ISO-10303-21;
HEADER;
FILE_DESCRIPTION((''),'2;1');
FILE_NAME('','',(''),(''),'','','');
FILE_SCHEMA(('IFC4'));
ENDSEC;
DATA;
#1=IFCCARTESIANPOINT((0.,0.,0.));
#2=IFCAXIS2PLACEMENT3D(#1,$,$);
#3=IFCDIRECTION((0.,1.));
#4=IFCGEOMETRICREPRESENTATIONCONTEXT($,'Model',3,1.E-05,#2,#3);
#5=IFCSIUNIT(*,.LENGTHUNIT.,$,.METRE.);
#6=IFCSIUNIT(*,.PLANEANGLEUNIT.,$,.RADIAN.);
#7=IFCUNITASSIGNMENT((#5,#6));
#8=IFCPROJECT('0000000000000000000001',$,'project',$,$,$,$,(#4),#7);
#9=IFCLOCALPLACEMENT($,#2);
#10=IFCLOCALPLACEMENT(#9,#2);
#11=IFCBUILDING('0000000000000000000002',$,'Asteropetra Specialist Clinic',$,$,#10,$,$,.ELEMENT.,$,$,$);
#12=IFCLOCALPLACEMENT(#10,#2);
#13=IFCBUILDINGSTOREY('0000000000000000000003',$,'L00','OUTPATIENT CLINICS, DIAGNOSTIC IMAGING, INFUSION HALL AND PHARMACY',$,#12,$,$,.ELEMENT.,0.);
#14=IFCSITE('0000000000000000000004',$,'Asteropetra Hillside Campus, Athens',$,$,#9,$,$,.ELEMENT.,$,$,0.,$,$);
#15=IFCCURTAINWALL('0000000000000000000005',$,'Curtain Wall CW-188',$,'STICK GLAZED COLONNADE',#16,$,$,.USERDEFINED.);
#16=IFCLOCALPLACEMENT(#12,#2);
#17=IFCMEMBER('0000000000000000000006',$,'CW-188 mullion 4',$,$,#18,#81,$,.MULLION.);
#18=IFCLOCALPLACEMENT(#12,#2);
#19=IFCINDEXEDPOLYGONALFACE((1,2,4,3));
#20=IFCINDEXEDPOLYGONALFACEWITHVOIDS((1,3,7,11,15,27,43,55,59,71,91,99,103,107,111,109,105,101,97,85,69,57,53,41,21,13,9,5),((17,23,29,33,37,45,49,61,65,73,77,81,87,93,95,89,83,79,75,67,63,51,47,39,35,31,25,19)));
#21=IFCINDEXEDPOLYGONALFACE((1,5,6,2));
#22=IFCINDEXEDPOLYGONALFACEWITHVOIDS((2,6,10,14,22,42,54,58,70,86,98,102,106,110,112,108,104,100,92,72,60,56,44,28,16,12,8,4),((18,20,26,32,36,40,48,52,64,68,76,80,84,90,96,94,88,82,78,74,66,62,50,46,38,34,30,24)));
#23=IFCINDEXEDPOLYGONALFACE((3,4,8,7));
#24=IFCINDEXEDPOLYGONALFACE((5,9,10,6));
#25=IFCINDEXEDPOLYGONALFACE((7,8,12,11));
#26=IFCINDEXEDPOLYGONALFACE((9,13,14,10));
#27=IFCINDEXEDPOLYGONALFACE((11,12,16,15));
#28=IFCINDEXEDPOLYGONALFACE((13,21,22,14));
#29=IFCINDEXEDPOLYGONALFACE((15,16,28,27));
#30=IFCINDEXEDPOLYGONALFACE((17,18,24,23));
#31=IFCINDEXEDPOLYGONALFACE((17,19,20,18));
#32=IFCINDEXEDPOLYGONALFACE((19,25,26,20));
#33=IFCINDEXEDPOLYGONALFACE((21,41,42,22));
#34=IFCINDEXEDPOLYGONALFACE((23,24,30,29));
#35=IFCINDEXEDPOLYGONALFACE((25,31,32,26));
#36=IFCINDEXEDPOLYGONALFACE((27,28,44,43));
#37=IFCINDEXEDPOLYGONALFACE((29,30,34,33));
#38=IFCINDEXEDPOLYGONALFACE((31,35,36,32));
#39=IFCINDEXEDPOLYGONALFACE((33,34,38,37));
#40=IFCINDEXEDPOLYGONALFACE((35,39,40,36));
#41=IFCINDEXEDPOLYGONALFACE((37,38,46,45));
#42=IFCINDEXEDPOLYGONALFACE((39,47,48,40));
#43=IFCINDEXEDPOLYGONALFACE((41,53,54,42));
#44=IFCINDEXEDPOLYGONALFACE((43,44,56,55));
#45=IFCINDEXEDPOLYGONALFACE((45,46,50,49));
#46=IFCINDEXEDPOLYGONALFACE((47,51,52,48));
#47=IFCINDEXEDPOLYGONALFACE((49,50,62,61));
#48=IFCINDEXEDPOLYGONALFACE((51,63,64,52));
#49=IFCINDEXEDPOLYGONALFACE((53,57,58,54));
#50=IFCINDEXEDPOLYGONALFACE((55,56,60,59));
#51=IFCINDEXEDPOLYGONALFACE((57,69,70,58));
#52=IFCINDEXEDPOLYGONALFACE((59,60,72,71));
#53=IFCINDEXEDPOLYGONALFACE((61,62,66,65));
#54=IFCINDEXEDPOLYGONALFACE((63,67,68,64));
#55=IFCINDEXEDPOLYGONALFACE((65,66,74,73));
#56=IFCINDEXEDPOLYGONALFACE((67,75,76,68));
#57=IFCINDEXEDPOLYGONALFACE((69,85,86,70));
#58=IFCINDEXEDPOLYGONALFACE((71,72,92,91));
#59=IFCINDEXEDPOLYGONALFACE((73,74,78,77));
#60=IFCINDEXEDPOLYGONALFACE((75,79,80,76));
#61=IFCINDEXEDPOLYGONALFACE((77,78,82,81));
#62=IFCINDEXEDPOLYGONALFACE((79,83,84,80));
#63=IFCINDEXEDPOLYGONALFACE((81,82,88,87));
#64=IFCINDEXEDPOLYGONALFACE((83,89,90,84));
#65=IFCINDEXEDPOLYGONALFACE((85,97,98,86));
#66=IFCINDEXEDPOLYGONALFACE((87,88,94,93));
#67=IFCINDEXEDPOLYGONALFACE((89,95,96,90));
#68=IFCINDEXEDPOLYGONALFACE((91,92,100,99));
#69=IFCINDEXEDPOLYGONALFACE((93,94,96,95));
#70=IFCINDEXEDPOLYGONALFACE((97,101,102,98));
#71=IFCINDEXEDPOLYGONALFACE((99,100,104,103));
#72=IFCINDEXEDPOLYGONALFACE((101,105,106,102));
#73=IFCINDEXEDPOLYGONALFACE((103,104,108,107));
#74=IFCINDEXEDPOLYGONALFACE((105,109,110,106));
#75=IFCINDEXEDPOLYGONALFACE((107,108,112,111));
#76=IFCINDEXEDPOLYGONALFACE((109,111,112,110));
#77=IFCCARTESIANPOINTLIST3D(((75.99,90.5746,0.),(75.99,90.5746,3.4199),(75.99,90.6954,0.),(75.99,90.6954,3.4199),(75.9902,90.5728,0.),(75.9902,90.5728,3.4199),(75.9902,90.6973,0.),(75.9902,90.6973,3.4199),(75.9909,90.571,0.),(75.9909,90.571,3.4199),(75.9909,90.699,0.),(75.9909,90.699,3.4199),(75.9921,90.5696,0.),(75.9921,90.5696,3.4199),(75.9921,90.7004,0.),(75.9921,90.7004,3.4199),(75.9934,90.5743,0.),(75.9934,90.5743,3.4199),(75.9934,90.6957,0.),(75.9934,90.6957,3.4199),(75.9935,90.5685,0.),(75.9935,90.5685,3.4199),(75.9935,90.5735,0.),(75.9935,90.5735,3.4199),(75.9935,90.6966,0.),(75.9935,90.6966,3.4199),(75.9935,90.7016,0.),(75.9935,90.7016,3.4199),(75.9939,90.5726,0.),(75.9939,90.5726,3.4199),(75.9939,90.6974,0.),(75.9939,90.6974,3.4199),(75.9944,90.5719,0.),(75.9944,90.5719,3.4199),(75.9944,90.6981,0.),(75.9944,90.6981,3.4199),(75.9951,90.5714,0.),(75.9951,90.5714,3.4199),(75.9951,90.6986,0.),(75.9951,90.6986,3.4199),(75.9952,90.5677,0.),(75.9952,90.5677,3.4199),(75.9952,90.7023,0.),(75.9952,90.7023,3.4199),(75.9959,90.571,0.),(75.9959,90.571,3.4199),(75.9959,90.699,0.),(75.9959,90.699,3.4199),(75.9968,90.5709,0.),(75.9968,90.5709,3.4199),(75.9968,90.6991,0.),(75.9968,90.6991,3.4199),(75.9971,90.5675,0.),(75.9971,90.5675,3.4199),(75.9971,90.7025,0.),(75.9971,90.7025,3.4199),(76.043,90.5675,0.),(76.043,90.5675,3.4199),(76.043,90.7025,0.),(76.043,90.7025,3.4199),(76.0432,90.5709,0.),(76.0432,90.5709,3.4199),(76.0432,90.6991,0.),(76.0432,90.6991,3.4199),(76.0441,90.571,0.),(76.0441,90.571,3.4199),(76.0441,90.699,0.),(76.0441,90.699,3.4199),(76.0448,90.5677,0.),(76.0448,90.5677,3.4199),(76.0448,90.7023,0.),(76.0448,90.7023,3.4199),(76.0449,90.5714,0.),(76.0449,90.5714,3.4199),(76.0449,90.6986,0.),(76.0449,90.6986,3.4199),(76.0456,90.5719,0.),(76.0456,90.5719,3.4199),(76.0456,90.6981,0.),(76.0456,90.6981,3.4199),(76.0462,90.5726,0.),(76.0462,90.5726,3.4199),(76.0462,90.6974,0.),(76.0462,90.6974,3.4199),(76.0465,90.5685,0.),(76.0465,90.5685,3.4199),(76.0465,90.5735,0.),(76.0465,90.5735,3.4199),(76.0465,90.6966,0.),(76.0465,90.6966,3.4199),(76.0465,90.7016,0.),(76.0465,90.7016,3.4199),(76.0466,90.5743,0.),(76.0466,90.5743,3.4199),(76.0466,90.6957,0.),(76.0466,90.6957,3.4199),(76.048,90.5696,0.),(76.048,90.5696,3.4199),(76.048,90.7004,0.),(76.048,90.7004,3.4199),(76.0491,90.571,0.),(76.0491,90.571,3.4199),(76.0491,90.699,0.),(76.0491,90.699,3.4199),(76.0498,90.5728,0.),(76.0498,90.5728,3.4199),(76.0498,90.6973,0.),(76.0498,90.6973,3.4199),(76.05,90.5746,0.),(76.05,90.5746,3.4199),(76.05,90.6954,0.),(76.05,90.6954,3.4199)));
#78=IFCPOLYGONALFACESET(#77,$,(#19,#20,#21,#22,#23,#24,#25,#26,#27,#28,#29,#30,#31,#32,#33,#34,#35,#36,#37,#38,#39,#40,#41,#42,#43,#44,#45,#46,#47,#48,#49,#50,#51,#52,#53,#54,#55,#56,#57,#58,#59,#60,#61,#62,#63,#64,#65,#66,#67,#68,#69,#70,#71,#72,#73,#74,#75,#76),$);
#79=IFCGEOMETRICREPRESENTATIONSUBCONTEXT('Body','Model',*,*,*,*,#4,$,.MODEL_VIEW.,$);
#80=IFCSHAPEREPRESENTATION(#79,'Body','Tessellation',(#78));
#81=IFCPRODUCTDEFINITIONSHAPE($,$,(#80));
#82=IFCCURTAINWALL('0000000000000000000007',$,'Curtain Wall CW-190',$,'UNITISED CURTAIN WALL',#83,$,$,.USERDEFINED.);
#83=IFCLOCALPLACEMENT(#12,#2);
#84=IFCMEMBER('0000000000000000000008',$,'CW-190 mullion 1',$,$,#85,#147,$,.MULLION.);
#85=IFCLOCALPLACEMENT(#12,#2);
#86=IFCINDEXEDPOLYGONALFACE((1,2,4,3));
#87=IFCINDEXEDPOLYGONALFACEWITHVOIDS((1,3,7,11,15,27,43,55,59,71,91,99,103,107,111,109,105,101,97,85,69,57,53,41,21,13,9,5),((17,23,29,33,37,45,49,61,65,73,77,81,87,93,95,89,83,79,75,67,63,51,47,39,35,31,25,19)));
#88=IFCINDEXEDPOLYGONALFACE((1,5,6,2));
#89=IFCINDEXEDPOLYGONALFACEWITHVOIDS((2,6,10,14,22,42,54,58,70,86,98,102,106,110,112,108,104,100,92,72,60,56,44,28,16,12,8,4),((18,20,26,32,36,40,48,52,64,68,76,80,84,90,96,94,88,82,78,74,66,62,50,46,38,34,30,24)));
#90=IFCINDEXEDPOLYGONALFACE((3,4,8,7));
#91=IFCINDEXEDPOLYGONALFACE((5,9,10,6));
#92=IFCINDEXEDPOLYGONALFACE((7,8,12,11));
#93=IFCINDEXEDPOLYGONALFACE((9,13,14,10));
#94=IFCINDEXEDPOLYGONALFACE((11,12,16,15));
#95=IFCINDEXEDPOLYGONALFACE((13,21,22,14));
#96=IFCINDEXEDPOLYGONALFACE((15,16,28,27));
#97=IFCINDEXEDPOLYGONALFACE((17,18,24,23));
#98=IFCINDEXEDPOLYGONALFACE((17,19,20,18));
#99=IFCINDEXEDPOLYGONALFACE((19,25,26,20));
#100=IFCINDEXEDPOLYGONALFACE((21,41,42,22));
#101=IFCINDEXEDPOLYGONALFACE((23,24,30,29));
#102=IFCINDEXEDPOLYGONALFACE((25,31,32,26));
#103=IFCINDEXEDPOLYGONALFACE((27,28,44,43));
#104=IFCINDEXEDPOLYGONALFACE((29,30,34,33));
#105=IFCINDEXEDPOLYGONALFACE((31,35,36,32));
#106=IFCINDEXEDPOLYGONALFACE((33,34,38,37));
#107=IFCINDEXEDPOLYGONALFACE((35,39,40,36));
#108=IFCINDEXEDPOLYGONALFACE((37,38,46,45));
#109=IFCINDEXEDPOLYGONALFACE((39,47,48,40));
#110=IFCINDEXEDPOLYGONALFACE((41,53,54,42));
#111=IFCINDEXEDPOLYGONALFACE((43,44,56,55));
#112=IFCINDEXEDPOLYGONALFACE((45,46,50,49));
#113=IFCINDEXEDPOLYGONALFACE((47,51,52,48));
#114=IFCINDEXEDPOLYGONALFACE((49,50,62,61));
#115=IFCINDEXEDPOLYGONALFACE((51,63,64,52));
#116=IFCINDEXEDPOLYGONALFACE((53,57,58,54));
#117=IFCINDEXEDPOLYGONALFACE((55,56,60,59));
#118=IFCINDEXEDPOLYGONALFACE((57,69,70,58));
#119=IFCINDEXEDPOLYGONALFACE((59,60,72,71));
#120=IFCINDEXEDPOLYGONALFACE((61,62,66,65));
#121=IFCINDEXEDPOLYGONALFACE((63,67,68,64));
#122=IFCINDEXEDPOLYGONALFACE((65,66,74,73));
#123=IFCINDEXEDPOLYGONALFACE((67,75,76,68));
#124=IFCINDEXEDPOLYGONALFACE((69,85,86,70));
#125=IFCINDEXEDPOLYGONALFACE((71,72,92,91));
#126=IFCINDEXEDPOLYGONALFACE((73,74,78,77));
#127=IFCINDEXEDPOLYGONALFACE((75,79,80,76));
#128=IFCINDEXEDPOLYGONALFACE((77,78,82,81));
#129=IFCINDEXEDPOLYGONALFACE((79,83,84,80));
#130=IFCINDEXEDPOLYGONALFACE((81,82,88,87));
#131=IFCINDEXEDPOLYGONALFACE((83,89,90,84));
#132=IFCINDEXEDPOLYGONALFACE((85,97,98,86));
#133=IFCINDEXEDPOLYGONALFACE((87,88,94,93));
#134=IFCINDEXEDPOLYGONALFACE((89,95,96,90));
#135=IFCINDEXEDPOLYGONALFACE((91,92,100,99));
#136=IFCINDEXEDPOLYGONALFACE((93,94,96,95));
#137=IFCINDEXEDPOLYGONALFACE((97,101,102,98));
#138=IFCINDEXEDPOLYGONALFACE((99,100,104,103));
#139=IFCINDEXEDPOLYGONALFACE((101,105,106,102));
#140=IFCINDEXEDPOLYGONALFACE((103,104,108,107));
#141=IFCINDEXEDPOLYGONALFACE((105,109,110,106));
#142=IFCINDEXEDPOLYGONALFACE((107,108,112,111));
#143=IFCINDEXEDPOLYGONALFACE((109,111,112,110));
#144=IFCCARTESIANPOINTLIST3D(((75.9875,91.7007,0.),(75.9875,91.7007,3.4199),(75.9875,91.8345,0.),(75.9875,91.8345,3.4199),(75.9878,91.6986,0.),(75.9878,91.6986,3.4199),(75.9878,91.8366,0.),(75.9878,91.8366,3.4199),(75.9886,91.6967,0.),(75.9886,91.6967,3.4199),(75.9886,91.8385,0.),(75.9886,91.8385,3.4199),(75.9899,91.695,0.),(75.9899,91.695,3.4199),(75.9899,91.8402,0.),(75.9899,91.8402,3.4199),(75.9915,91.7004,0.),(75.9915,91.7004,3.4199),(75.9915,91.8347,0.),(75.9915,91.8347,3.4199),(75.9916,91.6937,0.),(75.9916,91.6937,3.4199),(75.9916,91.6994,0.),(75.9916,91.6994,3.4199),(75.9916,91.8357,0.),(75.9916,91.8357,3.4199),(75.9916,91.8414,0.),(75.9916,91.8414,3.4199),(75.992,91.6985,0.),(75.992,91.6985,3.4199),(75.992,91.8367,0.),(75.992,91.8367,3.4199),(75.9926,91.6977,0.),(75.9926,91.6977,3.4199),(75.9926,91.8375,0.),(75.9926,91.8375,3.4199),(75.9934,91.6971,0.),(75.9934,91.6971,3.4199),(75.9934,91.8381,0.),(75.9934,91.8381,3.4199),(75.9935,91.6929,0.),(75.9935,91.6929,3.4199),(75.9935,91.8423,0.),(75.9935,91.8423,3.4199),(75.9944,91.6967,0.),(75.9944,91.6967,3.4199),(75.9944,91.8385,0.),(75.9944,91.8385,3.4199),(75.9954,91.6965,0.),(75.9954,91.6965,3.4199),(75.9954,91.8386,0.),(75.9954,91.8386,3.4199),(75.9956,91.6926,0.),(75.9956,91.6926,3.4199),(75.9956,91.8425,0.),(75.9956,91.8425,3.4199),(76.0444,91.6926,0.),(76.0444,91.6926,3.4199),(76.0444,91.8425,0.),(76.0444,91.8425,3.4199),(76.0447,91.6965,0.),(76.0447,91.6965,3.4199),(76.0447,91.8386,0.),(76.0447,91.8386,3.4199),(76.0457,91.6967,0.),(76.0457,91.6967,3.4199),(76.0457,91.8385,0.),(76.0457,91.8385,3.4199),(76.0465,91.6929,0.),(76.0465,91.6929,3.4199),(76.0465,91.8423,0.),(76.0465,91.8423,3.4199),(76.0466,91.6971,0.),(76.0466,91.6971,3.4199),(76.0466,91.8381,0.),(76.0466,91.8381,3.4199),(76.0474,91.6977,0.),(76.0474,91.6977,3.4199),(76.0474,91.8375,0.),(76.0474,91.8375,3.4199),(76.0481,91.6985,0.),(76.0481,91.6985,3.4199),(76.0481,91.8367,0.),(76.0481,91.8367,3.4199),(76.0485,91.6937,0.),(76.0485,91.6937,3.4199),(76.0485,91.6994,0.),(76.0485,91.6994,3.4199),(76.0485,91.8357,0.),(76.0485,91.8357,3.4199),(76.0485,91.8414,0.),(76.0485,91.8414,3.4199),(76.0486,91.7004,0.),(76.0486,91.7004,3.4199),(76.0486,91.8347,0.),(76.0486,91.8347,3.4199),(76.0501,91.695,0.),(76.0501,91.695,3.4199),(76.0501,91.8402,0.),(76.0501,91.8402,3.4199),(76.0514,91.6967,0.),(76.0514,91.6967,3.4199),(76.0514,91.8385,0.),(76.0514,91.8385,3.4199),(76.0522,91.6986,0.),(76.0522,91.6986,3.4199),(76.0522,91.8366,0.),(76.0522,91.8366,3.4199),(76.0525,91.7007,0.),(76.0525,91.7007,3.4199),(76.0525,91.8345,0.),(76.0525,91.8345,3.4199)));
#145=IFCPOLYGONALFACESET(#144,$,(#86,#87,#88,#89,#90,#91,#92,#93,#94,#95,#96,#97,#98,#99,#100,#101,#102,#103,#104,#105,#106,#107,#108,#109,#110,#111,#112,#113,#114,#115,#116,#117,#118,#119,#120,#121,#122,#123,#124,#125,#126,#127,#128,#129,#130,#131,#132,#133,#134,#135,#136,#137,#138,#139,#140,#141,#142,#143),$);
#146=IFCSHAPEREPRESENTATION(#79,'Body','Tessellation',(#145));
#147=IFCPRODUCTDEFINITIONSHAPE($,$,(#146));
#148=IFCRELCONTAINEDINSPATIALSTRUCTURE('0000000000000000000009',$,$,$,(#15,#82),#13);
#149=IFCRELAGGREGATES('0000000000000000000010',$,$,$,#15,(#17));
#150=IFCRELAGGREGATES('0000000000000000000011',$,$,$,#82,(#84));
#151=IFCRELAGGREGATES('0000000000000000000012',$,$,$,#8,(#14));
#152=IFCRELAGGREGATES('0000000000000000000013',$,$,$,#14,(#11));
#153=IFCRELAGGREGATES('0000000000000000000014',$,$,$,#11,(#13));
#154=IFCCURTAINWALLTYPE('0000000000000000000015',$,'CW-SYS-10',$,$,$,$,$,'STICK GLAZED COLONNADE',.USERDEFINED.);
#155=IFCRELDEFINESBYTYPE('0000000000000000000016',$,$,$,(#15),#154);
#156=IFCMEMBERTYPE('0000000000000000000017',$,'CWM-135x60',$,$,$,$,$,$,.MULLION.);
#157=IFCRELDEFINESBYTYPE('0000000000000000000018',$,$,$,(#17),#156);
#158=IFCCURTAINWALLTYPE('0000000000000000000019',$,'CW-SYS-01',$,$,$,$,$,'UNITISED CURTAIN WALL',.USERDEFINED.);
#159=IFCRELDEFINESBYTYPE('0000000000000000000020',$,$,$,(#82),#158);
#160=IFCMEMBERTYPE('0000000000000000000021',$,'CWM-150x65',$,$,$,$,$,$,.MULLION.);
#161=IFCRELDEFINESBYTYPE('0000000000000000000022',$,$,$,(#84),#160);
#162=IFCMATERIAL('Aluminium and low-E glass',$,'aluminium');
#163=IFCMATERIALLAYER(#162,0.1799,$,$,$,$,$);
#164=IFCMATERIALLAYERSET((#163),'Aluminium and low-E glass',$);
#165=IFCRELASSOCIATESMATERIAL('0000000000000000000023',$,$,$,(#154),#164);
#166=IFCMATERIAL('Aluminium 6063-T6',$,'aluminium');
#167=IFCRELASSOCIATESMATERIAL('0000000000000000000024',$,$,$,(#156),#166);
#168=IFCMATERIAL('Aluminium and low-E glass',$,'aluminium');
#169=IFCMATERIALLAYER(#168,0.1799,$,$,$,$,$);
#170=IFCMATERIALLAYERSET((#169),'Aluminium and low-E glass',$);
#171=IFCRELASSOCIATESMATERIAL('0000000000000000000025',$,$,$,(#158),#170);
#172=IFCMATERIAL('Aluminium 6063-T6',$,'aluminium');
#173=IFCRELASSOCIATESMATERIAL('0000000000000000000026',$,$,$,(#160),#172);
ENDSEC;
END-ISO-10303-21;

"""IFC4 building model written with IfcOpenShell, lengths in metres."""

from ifc_helpers import new_model, si_unit, direction, frame, origin, origin_2d, place, context, subcontext, project, spatial, hollow_rectangle, extrude, material, layer, layer_set, material_profile, profile_set, type_object, element, aggregate, save


model = new_model("IFC4")

# Units and contexts
model_context = context("Model", 3, precision=1e-05, world=origin(), true_north=direction((0.0, 1.0)))
body_context = subcontext(model_context, "Body", "Model", "MODEL_VIEW")
ifc_project = project(units=[si_unit("LENGTHUNIT", "METRE"), si_unit("PLANEANGLEUNIT", "RADIAN")], contexts=[model_context])

# Site, building, storey
site_placement = place(None, origin())
site = spatial("IfcSite", under=ifc_project, at=site_placement, Name="Asteropetra Hillside Campus, Athens", CompositionType="ELEMENT", RefElevation=0.0)
building_placement = place(site_placement, origin())
building = spatial("IfcBuilding", under=site, at=building_placement, Name="Asteropetra Specialist Clinic", CompositionType="ELEMENT")
storey_placement = place(building_placement, origin())
storey = spatial("IfcBuildingStorey", under=building, at=storey_placement, Name="L00", Description="OUTPATIENT CLINICS, DIAGNOSTIC IMAGING, INFUSION HALL AND PHARMACY", CompositionType="ELEMENT", Elevation=0.0)

# Curtain wall, member
ifc_material_1 = material(Name="Aluminium and low-E glass", Category="aluminium")
ifc_layer_1 = layer(ifc_material_1, 0.1799)
ifc_layer_set_1 = layer_set([ifc_layer_1], Name="Aluminium and low-E glass")
curtain_wall_type_1 = type_object("IfcCurtainWallType", Name="CW-SYS-10", ElementType="STICK GLAZED COLONNADE", PredefinedType="USERDEFINED", material=ifc_layer_set_1)
curtain_wall_1_placement = place(storey_placement, origin())
curtain_wall_1 = element("IfcCurtainWall", 1, at=curtain_wall_1_placement, inside=storey, type_object=curtain_wall_type_1, Name="Curtain Wall CW-188", ObjectType="STICK GLAZED COLONNADE", PredefinedType="USERDEFINED")
ifc_material_2 = material(Name="Aluminium 6063-T6", Category="aluminium")
ifc_material_profile_1 = material_profile(ifc_material_2, hollow_rectangle(XDim=0.0601, YDim=0.135, WallThickness=0.0034, InnerFilletRadius=0.0034, OuterFilletRadius=0.0071, at=origin_2d()), Name="MUL 135x60x3.5")
ifc_profile_set_1 = profile_set([ifc_material_profile_1], Name="Aluminium 6063-T6")
member_type_1 = type_object("IfcMemberType", Name="CWM-135x60", PredefinedType="MULLION", material=ifc_profile_set_1)
member_1_placement = place(storey_placement, frame((76.02, 90.635, 0.0), z_axis=(0.0, 0.0, 1.0), x_axis=(-1.0, 0.0, 0.0)))
member_1 = element("IfcMember", 2, at=member_1_placement, type_object=member_type_1, Name="CW-188 mullion 4", PredefinedType="MULLION", context=body_context, shape_type="SweptSolid", body=[
    extrude(hollow_rectangle(XDim=0.0601, YDim=0.135, WallThickness=0.0034, InnerFilletRadius=0.0034, OuterFilletRadius=0.0071, at=origin_2d()), origin(), (0.0, 0.0, 1.0), 3.4199),
])

# Curtain wall, member
ifc_material_3 = material(Name="Aluminium and low-E glass", Category="aluminium")
ifc_layer_2 = layer(ifc_material_3, 0.1799)
ifc_layer_set_2 = layer_set([ifc_layer_2], Name="Aluminium and low-E glass")
curtain_wall_type_2 = type_object("IfcCurtainWallType", Name="CW-SYS-01", ElementType="UNITISED CURTAIN WALL", PredefinedType="USERDEFINED", material=ifc_layer_set_2)
curtain_wall_2_placement = place(storey_placement, origin())
curtain_wall_2 = element("IfcCurtainWall", 3, at=curtain_wall_2_placement, inside=storey, type_object=curtain_wall_type_2, Name="Curtain Wall CW-190", ObjectType="UNITISED CURTAIN WALL", PredefinedType="USERDEFINED")
ifc_material_4 = material(Name="Aluminium 6063-T6", Category="aluminium")
ifc_material_profile_2 = material_profile(ifc_material_4, hollow_rectangle(XDim=0.0649, YDim=0.1499, WallThickness=0.0039, InnerFilletRadius=0.0039, OuterFilletRadius=0.0081, at=origin_2d()), Name="MUL 150x65x4.0")
ifc_profile_set_2 = profile_set([ifc_material_profile_2], Name="Aluminium 6063-T6")
member_type_2 = type_object("IfcMemberType", Name="CWM-150x65", PredefinedType="MULLION", material=ifc_profile_set_2)
member_2_placement = place(storey_placement, frame((76.02, 91.7676, 0.0), z_axis=(0.0, 0.0, 1.0), x_axis=(-1.0, 0.0, 0.0)))
member_2 = element("IfcMember", 4, at=member_2_placement, type_object=member_type_2, Name="CW-190 mullion 1", PredefinedType="MULLION", context=body_context, shape_type="SweptSolid", body=[
    extrude(hollow_rectangle(XDim=0.0649, YDim=0.1499, WallThickness=0.0039, InnerFilletRadius=0.0039, OuterFilletRadius=0.0081, at=origin_2d()), origin(), (0.0, 0.0, 1.0), 3.4199),
])

aggregate(curtain_wall_1, [member_1])
aggregate(curtain_wall_2, [member_2])

save(model, "model.ifc")
